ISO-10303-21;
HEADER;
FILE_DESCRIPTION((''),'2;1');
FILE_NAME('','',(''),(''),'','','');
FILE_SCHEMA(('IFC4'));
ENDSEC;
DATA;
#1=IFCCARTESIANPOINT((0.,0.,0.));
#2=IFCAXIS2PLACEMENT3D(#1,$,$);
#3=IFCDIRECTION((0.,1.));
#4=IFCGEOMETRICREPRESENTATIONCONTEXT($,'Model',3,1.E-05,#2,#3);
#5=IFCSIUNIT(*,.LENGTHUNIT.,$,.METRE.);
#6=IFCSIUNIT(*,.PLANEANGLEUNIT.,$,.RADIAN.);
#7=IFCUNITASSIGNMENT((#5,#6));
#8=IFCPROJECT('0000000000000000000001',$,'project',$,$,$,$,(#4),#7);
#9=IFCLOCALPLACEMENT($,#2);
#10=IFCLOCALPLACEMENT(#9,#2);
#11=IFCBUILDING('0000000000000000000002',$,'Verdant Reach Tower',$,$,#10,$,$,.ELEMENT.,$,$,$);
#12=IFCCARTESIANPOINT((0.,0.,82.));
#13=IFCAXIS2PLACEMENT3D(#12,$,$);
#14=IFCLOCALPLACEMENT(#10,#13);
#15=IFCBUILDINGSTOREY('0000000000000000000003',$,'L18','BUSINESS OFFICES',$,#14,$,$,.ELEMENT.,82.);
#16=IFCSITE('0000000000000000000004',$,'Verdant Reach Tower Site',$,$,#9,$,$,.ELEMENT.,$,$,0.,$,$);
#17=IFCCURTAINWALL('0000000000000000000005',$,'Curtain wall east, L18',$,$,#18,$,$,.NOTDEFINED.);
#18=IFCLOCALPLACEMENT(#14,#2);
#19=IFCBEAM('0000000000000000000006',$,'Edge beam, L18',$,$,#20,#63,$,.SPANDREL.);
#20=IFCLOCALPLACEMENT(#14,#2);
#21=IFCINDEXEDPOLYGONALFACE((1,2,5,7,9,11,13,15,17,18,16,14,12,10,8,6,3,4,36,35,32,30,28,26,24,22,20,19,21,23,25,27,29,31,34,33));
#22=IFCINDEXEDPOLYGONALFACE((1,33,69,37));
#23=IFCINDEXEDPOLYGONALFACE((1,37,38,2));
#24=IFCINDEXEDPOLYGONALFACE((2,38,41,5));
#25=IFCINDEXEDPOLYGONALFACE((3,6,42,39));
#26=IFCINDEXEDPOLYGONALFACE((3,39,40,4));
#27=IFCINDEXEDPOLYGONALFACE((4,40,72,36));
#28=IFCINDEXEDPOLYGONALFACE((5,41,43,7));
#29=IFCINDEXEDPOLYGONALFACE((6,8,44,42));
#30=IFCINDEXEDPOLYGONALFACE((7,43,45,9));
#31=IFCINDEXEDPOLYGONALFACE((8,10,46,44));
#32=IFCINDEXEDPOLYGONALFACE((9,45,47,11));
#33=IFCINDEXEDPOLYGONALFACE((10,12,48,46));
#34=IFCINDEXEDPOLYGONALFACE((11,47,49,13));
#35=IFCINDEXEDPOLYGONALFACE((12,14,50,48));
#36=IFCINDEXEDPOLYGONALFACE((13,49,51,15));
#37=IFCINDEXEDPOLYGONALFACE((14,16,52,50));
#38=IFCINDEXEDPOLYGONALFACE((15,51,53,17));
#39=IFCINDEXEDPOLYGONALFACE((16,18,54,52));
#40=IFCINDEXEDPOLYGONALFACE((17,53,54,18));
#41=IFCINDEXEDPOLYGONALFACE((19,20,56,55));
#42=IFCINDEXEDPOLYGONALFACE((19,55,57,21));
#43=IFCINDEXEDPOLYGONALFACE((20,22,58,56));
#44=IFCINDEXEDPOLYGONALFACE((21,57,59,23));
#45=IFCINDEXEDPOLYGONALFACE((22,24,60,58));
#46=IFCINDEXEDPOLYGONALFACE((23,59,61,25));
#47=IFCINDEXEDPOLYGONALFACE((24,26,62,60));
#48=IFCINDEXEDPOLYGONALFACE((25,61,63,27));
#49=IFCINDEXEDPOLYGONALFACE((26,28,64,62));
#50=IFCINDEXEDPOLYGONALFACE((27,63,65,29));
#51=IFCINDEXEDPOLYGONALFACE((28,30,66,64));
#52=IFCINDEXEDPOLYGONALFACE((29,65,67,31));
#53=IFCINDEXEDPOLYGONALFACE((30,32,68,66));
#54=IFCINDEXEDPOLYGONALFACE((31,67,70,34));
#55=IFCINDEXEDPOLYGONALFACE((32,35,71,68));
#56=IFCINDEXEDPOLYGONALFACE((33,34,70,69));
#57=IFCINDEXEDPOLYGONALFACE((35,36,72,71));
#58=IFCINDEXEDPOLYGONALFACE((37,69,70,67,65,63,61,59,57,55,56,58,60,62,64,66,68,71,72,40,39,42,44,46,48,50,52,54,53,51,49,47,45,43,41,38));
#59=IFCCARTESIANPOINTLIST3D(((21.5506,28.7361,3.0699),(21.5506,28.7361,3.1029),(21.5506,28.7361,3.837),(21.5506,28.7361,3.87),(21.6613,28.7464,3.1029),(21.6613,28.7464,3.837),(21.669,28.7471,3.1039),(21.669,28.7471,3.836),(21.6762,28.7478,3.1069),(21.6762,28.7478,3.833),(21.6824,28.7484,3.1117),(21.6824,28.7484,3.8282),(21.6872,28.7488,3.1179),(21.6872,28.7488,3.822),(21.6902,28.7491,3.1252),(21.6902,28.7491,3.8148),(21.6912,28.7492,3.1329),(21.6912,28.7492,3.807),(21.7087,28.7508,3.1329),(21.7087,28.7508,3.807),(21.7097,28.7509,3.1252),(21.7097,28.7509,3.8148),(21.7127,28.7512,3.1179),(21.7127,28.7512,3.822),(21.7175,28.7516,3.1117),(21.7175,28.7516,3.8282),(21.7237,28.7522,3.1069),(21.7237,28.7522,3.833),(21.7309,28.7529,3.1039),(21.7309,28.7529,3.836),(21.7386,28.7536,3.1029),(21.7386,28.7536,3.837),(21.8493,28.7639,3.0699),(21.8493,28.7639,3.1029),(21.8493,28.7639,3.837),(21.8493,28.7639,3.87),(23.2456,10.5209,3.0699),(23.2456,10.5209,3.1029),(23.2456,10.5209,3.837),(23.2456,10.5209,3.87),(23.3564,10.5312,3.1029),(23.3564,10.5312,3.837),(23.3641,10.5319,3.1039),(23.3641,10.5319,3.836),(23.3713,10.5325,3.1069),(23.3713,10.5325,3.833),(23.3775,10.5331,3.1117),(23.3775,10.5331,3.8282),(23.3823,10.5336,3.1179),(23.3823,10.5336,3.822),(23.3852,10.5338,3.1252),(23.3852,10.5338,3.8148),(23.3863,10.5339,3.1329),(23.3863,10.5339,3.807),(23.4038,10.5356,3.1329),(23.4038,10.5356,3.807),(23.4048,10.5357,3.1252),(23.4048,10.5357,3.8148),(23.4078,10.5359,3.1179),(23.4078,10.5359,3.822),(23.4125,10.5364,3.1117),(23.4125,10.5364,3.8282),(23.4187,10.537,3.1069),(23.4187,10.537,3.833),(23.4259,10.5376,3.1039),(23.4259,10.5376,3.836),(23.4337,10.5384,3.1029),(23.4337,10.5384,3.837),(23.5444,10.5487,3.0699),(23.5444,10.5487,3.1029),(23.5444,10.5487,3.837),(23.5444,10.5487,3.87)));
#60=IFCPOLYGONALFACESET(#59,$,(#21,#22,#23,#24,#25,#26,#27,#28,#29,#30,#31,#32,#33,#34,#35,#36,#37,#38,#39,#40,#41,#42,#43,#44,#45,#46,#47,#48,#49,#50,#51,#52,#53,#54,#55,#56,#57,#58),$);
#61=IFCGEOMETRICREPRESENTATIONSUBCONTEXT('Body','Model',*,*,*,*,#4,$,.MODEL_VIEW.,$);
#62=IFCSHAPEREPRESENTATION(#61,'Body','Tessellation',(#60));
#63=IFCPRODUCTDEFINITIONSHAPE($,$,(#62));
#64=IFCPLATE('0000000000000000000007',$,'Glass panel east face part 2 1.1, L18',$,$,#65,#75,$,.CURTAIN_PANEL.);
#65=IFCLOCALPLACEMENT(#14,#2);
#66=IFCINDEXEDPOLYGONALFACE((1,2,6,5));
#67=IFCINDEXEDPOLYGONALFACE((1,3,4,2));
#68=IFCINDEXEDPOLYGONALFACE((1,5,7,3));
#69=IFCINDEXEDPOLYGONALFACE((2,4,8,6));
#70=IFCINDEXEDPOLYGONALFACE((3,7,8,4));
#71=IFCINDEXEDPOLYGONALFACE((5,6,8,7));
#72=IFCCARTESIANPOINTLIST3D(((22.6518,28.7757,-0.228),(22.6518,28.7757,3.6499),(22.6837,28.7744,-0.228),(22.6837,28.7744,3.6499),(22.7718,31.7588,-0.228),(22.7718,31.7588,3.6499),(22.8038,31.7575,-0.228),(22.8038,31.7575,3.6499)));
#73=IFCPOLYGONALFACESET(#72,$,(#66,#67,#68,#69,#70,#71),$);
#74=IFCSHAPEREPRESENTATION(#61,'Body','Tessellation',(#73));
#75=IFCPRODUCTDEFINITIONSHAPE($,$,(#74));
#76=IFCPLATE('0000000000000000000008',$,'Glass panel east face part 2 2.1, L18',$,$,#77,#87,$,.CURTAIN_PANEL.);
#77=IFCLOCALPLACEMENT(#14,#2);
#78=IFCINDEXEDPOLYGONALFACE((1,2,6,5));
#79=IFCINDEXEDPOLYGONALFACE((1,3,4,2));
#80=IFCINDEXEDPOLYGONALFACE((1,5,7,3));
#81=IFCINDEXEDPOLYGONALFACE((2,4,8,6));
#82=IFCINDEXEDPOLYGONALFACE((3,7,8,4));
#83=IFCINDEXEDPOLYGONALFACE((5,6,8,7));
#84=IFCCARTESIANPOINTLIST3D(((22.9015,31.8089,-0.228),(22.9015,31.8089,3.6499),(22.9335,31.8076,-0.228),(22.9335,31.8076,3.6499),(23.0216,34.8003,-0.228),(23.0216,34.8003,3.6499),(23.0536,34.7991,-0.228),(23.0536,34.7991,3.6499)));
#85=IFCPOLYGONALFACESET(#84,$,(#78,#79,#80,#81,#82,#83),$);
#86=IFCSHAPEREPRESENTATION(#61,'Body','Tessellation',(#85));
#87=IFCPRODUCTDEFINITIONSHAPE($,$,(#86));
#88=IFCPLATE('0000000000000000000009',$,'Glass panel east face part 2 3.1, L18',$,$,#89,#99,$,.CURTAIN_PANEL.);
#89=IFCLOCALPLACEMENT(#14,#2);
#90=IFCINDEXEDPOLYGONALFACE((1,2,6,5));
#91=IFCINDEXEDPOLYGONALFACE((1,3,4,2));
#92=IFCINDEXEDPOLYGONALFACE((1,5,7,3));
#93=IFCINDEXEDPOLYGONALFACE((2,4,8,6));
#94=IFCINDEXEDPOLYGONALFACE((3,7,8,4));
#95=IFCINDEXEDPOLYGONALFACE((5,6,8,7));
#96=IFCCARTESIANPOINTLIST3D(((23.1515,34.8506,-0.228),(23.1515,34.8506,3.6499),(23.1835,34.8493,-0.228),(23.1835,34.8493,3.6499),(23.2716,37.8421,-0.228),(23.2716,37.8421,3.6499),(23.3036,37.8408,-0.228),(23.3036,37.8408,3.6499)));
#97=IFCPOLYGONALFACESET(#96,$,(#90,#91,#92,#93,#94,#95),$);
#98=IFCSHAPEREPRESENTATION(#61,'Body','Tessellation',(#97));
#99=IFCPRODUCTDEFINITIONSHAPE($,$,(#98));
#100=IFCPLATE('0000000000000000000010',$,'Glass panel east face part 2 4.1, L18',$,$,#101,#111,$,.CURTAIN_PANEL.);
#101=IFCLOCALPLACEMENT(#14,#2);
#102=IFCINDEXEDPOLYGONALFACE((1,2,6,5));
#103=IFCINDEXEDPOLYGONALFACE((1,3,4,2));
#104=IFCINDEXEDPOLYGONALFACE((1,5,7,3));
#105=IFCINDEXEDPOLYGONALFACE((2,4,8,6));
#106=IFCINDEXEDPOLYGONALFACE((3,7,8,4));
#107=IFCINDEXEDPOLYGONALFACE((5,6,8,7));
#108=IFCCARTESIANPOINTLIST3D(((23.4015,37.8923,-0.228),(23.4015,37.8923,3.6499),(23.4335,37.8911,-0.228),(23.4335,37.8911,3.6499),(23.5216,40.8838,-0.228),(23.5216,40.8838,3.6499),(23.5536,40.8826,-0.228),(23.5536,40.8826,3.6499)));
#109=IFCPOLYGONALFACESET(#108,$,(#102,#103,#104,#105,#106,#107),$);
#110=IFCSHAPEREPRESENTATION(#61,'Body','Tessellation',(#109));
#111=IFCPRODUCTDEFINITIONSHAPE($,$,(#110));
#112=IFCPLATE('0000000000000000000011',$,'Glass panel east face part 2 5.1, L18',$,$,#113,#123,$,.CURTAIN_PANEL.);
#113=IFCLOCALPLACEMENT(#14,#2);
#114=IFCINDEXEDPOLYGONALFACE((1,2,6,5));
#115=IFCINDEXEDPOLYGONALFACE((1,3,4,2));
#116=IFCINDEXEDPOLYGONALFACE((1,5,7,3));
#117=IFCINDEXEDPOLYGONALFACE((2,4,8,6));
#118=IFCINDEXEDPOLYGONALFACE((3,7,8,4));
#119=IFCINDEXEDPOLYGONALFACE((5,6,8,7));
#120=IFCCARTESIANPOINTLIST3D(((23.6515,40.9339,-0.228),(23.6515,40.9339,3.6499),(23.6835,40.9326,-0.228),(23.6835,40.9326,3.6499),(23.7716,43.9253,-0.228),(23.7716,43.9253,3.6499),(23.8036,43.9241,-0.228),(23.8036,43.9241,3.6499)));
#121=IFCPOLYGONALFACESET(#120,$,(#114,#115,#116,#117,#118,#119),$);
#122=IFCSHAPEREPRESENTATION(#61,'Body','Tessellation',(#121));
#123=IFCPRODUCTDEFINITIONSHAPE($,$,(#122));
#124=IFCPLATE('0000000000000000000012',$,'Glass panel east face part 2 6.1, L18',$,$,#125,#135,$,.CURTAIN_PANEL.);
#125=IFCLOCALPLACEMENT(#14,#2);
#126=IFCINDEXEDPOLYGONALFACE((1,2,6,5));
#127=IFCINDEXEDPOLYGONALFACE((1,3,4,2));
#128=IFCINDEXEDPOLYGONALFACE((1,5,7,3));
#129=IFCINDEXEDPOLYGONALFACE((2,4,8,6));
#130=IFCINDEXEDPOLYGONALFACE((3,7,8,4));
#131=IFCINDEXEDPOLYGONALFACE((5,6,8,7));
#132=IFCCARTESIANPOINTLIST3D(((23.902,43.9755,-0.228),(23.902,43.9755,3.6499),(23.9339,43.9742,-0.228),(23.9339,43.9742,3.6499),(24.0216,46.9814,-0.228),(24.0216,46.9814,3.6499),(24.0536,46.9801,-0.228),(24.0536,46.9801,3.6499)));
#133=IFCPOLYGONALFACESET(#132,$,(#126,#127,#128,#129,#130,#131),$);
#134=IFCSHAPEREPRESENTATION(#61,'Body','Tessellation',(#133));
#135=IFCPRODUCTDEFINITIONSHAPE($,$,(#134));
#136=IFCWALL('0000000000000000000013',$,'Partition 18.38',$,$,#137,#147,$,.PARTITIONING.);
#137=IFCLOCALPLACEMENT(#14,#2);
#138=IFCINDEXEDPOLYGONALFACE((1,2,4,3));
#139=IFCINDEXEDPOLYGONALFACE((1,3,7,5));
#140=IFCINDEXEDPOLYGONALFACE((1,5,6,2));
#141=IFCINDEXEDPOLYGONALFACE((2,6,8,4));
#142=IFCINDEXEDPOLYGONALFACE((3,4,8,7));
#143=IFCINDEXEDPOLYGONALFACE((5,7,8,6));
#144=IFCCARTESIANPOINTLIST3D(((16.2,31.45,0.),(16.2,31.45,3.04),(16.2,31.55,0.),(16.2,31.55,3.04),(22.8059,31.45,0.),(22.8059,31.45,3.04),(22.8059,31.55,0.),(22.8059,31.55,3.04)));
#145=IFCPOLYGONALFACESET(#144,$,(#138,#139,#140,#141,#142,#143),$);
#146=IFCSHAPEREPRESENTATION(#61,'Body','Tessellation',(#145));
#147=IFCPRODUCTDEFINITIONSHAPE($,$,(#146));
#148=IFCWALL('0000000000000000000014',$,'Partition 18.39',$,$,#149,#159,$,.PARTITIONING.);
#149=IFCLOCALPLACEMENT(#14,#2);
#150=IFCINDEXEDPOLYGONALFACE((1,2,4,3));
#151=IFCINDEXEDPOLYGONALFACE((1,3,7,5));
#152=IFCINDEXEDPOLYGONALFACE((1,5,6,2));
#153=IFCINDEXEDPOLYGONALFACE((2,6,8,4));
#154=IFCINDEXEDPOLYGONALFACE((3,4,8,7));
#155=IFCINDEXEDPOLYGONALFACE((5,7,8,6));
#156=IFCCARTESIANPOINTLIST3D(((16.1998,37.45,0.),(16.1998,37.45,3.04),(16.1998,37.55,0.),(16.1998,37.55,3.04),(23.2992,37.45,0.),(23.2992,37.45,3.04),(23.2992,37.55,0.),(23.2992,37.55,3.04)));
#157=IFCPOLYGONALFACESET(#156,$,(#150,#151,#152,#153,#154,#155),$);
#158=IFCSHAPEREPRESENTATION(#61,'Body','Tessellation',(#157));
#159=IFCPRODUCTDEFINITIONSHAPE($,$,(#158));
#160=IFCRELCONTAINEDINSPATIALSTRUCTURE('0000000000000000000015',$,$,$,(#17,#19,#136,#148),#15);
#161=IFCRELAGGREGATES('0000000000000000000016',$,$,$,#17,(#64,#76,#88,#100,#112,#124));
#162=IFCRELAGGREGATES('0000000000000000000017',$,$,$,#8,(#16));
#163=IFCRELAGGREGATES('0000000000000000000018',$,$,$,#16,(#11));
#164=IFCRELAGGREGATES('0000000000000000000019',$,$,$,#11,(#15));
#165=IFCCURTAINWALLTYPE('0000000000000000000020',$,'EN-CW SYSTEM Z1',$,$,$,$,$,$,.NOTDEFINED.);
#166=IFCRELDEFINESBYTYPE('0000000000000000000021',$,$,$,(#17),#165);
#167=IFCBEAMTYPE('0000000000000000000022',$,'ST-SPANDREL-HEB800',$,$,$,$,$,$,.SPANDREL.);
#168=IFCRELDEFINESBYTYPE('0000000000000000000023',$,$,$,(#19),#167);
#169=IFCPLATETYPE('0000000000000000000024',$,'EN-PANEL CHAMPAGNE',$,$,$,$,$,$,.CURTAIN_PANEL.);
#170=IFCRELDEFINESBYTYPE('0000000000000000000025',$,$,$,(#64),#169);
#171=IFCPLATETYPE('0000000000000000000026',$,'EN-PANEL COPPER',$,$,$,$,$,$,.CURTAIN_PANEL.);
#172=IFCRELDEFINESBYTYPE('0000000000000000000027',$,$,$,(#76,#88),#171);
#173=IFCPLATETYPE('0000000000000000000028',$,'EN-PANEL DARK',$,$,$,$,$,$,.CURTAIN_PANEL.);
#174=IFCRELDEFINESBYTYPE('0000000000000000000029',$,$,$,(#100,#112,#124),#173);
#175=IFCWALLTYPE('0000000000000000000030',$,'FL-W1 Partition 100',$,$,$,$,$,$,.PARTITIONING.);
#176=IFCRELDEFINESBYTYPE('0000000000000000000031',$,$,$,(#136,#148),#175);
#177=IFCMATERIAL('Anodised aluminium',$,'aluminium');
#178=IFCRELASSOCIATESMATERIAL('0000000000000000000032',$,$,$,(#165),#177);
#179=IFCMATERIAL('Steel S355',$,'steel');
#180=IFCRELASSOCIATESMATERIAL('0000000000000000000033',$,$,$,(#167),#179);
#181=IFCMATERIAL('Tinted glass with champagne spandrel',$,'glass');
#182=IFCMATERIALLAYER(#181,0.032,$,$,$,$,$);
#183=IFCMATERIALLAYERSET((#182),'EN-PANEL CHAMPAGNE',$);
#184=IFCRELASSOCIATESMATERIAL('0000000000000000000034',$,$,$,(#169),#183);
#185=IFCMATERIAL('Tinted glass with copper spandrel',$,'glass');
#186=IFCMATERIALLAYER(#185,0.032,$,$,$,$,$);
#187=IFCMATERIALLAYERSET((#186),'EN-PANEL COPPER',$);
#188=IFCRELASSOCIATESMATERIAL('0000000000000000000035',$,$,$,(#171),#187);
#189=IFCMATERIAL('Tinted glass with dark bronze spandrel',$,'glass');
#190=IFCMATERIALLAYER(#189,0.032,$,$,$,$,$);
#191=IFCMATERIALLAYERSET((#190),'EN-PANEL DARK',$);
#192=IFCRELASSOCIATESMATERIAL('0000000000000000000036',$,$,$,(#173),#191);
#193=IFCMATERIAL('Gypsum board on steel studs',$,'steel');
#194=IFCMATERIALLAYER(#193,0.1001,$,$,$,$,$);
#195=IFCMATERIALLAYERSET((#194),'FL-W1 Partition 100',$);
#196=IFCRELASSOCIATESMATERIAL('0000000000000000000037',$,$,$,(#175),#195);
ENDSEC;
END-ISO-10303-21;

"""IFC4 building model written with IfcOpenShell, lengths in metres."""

from ifc_helpers import new_model, si_unit, direction, frame, frame_2d, origin, origin_2d, place, context, subcontext, project, spatial, rectangle, i_section, extrude, material, layer, layer_set, material_profile, profile_set, type_object, element, aggregate, save


model = new_model("IFC4")

# Units and contexts
model_context = context("Model", 3, precision=1e-05, world=origin(), true_north=direction((0.0, 1.0)))
body_context = subcontext(model_context, "Body", "Model", "MODEL_VIEW")
ifc_project = project(units=[si_unit("LENGTHUNIT", "METRE"), si_unit("PLANEANGLEUNIT", "RADIAN")], contexts=[model_context])

# Site, building, storey
site_placement = place(None, origin())
site = spatial("IfcSite", under=ifc_project, at=site_placement, Name="Verdant Reach Tower Site", CompositionType="ELEMENT", RefElevation=0.0)
building_placement = place(site_placement, origin())
building = spatial("IfcBuilding", under=site, at=building_placement, Name="Verdant Reach Tower", CompositionType="ELEMENT")
storey_placement = place(building_placement, frame((0.0, 0.0, 82.0)))
storey = spatial("IfcBuildingStorey", under=building, at=storey_placement, Name="L18", Description="BUSINESS OFFICES", CompositionType="ELEMENT", Elevation=82.0)

# Curtain wall
ifc_material_1 = material(Name="Anodised aluminium", Category="aluminium")
curtain_wall_type = type_object("IfcCurtainWallType", Name="EN-CW SYSTEM Z1", PredefinedType="NOTDEFINED", material=ifc_material_1)
curtain_wall_placement = place(storey_placement, origin())
curtain_wall = element("IfcCurtainWall", 1, at=curtain_wall_placement, inside=storey, type_object=curtain_wall_type, Name="Curtain wall east, L18", PredefinedType="NOTDEFINED")

# Beam
ifc_material_2 = material(Name="Steel S355", Category="steel")
ifc_material_profile_1 = material_profile(ifc_material_2, i_section(OverallWidth=0.3, OverallDepth=0.8, WebThickness=0.0176, FlangeThickness=0.033, FilletRadius=0.03, at=origin_2d()), Name="HEB 800")
ifc_profile_set_1 = profile_set([ifc_material_profile_1], Name="Steel S355")
beam_type_1 = type_object("IfcBeamType", Name="ST-SPANDREL-HEB800", PredefinedType="SPANDREL", material=ifc_profile_set_1)
beam_1_placement = place(storey_placement, frame((21.7, 28.75, 3.47), z_axis=(0.092657, -0.995698, 0.0), x_axis=(0.995698, 0.092657, 0.0)))
element("IfcBeam", 2, at=beam_1_placement, inside=storey, type_object=beam_type_1, Name="Edge beam, L18", PredefinedType="SPANDREL", context=body_context, shape_type="SweptSolid", body=[
    extrude(i_section(OverallWidth=0.3, OverallDepth=0.8, WebThickness=0.0176, FlangeThickness=0.033, FilletRadius=0.03, at=origin_2d()), origin(), (0.0, 0.0, 1.0), 18.2939),
])

# Plates
ifc_material_3 = material(Name="Tinted glass with champagne spandrel", Category="glass")
ifc_layer_1 = layer(ifc_material_3, 0.032)
ifc_layer_set_1 = layer_set([ifc_layer_1], Name="EN-PANEL CHAMPAGNE")
plate_type_1 = type_object("IfcPlateType", Name="EN-PANEL CHAMPAGNE", PredefinedType="CURTAIN_PANEL", material=ifc_layer_set_1)
plate_1_placement = place(storey_placement, frame((22.7278, 30.2666, -0.228), z_axis=(0.0, 0.0, 1.0), x_axis=(0.040222, 0.999191, 0.0)))
plate_1 = element("IfcPlate", 3, at=plate_1_placement, type_object=plate_type_1, Name="Glass panel east face part 2 1.1, L18", PredefinedType="CURTAIN_PANEL", context=body_context, shape_type="SweptSolid", body=[
    extrude(rectangle(XDim=2.9856, YDim=0.032, at=origin_2d()), origin(), (0.0, 0.0, 1.0), 3.8779),
])
ifc_material_4 = material(Name="Tinted glass with copper spandrel", Category="glass")
ifc_layer_2 = layer(ifc_material_4, 0.032)
ifc_layer_set_2 = layer_set([ifc_layer_2], Name="EN-PANEL COPPER")
plate_type_2 = type_object("IfcPlateType", Name="EN-PANEL COPPER", PredefinedType="CURTAIN_PANEL", material=ifc_layer_set_2)
plate_2_placement = place(storey_placement, frame((22.9775, 33.304, -0.228), z_axis=(0.0, 0.0, 1.0), x_axis=(0.040109, 0.999195, 0.0)))
plate_2 = element("IfcPlate", 4, at=plate_2_placement, type_object=plate_type_2, Name="Glass panel east face part 2 2.1, L18", PredefinedType="CURTAIN_PANEL", context=body_context, shape_type="SweptSolid", body=[
    extrude(rectangle(XDim=2.9939, YDim=0.032, at=origin_2d()), origin(), (0.0, 0.0, 1.0), 3.8779),
])
plate_3_placement = place(storey_placement, frame((23.2275, 36.3457, -0.228), z_axis=(0.0, 0.0, 1.0), x_axis=(0.040109, 0.999195, 0.0)))
plate_3 = element("IfcPlate", 5, at=plate_3_placement, type_object=plate_type_2, Name="Glass panel east face part 2 3.1, L18", PredefinedType="CURTAIN_PANEL", context=body_context, shape_type="SweptSolid", body=[
    extrude(rectangle(XDim=2.9939, YDim=0.032, at=origin_2d()), origin(), (0.0, 0.0, 1.0), 3.8779),
])
ifc_material_5 = material(Name="Tinted glass with dark bronze spandrel", Category="glass")
ifc_layer_3 = layer(ifc_material_5, 0.032)
ifc_layer_set_3 = layer_set([ifc_layer_3], Name="EN-PANEL DARK")
plate_type_3 = type_object("IfcPlateType", Name="EN-PANEL DARK", PredefinedType="CURTAIN_PANEL", material=ifc_layer_set_3)
plate_4_placement = place(storey_placement, frame((23.4775, 39.3875, -0.228), z_axis=(0.0, 0.0, 1.0), x_axis=(0.040109, 0.999195, 0.0)))
plate_4 = element("IfcPlate", 6, at=plate_4_placement, type_object=plate_type_3, Name="Glass panel east face part 2 4.1, L18", PredefinedType="CURTAIN_PANEL", context=body_context, shape_type="SweptSolid", body=[
    extrude(rectangle(XDim=2.9939, YDim=0.032, at=origin_2d()), origin(), (0.0, 0.0, 1.0), 3.8779),
])
plate_5_placement = place(storey_placement, frame((23.7275, 42.429, -0.228), z_axis=(0.0, 0.0, 1.0), x_axis=(0.040109, 0.999195, 0.0)))
plate_5 = element("IfcPlate", 7, at=plate_5_placement, type_object=plate_type_3, Name="Glass panel east face part 2 5.1, L18", PredefinedType="CURTAIN_PANEL", context=body_context, shape_type="SweptSolid", body=[
    extrude(rectangle(XDim=2.9939, YDim=0.032, at=origin_2d()), origin(), (0.0, 0.0, 1.0), 3.8779),
])
plate_6_placement = place(storey_placement, frame((23.9778, 45.4778, -0.228), z_axis=(0.0, 0.0, 1.0), x_axis=(0.039784, 0.999208, 0.0)))
plate_6 = element("IfcPlate", 8, at=plate_6_placement, type_object=plate_type_3, Name="Glass panel east face part 2 6.1, L18", PredefinedType="CURTAIN_PANEL", context=body_context, shape_type="SweptSolid", body=[
    extrude(rectangle(XDim=3.0083, YDim=0.032, at=origin_2d()), origin(), (0.0, 0.0, 1.0), 3.8779),
])
aggregate(curtain_wall, [plate_1, plate_2, plate_3, plate_4, plate_5, plate_6])

# Walls
ifc_material_6 = material(Name="Gypsum board on steel studs", Category="steel")
ifc_layer_4 = layer(ifc_material_6, 0.1001)
ifc_layer_set_4 = layer_set([ifc_layer_4], Name="FL-W1 Partition 100")
wall_type_1 = type_object("IfcWallType", Name="FL-W1 Partition 100", PredefinedType="PARTITIONING", material=ifc_layer_set_4)
wall_1_placement = place(storey_placement, frame((22.8059, 31.5, 0.0), z_axis=(0.0, 0.0, 1.0), x_axis=(-1.0, 0.0, 0.0)))
element("IfcWall", 9, at=wall_1_placement, inside=storey, type_object=wall_type_1, Name="Partition 18.38", PredefinedType="PARTITIONING", context=body_context, shape_type="SweptSolid", body=[
    extrude(rectangle(XDim=6.606, YDim=0.1001, at=frame_2d((3.303, 0.0))), origin(), (0.0, 0.0, 1.0), 3.04),
])
wall_2_placement = place(storey_placement, frame((23.2993, 37.5, 0.0), z_axis=(0.0, 0.0, 1.0), x_axis=(-1.0, 0.0, 0.0)))
element("IfcWall", 10, at=wall_2_placement, inside=storey, type_object=wall_type_1, Name="Partition 18.39", PredefinedType="PARTITIONING", context=body_context, shape_type="SweptSolid", body=[
    extrude(rectangle(XDim=7.0994, YDim=0.1001, at=frame_2d((3.5498, 0.0))), origin(), (0.0, 0.0, 1.0), 3.04),
])

save(model, "model.ifc")
